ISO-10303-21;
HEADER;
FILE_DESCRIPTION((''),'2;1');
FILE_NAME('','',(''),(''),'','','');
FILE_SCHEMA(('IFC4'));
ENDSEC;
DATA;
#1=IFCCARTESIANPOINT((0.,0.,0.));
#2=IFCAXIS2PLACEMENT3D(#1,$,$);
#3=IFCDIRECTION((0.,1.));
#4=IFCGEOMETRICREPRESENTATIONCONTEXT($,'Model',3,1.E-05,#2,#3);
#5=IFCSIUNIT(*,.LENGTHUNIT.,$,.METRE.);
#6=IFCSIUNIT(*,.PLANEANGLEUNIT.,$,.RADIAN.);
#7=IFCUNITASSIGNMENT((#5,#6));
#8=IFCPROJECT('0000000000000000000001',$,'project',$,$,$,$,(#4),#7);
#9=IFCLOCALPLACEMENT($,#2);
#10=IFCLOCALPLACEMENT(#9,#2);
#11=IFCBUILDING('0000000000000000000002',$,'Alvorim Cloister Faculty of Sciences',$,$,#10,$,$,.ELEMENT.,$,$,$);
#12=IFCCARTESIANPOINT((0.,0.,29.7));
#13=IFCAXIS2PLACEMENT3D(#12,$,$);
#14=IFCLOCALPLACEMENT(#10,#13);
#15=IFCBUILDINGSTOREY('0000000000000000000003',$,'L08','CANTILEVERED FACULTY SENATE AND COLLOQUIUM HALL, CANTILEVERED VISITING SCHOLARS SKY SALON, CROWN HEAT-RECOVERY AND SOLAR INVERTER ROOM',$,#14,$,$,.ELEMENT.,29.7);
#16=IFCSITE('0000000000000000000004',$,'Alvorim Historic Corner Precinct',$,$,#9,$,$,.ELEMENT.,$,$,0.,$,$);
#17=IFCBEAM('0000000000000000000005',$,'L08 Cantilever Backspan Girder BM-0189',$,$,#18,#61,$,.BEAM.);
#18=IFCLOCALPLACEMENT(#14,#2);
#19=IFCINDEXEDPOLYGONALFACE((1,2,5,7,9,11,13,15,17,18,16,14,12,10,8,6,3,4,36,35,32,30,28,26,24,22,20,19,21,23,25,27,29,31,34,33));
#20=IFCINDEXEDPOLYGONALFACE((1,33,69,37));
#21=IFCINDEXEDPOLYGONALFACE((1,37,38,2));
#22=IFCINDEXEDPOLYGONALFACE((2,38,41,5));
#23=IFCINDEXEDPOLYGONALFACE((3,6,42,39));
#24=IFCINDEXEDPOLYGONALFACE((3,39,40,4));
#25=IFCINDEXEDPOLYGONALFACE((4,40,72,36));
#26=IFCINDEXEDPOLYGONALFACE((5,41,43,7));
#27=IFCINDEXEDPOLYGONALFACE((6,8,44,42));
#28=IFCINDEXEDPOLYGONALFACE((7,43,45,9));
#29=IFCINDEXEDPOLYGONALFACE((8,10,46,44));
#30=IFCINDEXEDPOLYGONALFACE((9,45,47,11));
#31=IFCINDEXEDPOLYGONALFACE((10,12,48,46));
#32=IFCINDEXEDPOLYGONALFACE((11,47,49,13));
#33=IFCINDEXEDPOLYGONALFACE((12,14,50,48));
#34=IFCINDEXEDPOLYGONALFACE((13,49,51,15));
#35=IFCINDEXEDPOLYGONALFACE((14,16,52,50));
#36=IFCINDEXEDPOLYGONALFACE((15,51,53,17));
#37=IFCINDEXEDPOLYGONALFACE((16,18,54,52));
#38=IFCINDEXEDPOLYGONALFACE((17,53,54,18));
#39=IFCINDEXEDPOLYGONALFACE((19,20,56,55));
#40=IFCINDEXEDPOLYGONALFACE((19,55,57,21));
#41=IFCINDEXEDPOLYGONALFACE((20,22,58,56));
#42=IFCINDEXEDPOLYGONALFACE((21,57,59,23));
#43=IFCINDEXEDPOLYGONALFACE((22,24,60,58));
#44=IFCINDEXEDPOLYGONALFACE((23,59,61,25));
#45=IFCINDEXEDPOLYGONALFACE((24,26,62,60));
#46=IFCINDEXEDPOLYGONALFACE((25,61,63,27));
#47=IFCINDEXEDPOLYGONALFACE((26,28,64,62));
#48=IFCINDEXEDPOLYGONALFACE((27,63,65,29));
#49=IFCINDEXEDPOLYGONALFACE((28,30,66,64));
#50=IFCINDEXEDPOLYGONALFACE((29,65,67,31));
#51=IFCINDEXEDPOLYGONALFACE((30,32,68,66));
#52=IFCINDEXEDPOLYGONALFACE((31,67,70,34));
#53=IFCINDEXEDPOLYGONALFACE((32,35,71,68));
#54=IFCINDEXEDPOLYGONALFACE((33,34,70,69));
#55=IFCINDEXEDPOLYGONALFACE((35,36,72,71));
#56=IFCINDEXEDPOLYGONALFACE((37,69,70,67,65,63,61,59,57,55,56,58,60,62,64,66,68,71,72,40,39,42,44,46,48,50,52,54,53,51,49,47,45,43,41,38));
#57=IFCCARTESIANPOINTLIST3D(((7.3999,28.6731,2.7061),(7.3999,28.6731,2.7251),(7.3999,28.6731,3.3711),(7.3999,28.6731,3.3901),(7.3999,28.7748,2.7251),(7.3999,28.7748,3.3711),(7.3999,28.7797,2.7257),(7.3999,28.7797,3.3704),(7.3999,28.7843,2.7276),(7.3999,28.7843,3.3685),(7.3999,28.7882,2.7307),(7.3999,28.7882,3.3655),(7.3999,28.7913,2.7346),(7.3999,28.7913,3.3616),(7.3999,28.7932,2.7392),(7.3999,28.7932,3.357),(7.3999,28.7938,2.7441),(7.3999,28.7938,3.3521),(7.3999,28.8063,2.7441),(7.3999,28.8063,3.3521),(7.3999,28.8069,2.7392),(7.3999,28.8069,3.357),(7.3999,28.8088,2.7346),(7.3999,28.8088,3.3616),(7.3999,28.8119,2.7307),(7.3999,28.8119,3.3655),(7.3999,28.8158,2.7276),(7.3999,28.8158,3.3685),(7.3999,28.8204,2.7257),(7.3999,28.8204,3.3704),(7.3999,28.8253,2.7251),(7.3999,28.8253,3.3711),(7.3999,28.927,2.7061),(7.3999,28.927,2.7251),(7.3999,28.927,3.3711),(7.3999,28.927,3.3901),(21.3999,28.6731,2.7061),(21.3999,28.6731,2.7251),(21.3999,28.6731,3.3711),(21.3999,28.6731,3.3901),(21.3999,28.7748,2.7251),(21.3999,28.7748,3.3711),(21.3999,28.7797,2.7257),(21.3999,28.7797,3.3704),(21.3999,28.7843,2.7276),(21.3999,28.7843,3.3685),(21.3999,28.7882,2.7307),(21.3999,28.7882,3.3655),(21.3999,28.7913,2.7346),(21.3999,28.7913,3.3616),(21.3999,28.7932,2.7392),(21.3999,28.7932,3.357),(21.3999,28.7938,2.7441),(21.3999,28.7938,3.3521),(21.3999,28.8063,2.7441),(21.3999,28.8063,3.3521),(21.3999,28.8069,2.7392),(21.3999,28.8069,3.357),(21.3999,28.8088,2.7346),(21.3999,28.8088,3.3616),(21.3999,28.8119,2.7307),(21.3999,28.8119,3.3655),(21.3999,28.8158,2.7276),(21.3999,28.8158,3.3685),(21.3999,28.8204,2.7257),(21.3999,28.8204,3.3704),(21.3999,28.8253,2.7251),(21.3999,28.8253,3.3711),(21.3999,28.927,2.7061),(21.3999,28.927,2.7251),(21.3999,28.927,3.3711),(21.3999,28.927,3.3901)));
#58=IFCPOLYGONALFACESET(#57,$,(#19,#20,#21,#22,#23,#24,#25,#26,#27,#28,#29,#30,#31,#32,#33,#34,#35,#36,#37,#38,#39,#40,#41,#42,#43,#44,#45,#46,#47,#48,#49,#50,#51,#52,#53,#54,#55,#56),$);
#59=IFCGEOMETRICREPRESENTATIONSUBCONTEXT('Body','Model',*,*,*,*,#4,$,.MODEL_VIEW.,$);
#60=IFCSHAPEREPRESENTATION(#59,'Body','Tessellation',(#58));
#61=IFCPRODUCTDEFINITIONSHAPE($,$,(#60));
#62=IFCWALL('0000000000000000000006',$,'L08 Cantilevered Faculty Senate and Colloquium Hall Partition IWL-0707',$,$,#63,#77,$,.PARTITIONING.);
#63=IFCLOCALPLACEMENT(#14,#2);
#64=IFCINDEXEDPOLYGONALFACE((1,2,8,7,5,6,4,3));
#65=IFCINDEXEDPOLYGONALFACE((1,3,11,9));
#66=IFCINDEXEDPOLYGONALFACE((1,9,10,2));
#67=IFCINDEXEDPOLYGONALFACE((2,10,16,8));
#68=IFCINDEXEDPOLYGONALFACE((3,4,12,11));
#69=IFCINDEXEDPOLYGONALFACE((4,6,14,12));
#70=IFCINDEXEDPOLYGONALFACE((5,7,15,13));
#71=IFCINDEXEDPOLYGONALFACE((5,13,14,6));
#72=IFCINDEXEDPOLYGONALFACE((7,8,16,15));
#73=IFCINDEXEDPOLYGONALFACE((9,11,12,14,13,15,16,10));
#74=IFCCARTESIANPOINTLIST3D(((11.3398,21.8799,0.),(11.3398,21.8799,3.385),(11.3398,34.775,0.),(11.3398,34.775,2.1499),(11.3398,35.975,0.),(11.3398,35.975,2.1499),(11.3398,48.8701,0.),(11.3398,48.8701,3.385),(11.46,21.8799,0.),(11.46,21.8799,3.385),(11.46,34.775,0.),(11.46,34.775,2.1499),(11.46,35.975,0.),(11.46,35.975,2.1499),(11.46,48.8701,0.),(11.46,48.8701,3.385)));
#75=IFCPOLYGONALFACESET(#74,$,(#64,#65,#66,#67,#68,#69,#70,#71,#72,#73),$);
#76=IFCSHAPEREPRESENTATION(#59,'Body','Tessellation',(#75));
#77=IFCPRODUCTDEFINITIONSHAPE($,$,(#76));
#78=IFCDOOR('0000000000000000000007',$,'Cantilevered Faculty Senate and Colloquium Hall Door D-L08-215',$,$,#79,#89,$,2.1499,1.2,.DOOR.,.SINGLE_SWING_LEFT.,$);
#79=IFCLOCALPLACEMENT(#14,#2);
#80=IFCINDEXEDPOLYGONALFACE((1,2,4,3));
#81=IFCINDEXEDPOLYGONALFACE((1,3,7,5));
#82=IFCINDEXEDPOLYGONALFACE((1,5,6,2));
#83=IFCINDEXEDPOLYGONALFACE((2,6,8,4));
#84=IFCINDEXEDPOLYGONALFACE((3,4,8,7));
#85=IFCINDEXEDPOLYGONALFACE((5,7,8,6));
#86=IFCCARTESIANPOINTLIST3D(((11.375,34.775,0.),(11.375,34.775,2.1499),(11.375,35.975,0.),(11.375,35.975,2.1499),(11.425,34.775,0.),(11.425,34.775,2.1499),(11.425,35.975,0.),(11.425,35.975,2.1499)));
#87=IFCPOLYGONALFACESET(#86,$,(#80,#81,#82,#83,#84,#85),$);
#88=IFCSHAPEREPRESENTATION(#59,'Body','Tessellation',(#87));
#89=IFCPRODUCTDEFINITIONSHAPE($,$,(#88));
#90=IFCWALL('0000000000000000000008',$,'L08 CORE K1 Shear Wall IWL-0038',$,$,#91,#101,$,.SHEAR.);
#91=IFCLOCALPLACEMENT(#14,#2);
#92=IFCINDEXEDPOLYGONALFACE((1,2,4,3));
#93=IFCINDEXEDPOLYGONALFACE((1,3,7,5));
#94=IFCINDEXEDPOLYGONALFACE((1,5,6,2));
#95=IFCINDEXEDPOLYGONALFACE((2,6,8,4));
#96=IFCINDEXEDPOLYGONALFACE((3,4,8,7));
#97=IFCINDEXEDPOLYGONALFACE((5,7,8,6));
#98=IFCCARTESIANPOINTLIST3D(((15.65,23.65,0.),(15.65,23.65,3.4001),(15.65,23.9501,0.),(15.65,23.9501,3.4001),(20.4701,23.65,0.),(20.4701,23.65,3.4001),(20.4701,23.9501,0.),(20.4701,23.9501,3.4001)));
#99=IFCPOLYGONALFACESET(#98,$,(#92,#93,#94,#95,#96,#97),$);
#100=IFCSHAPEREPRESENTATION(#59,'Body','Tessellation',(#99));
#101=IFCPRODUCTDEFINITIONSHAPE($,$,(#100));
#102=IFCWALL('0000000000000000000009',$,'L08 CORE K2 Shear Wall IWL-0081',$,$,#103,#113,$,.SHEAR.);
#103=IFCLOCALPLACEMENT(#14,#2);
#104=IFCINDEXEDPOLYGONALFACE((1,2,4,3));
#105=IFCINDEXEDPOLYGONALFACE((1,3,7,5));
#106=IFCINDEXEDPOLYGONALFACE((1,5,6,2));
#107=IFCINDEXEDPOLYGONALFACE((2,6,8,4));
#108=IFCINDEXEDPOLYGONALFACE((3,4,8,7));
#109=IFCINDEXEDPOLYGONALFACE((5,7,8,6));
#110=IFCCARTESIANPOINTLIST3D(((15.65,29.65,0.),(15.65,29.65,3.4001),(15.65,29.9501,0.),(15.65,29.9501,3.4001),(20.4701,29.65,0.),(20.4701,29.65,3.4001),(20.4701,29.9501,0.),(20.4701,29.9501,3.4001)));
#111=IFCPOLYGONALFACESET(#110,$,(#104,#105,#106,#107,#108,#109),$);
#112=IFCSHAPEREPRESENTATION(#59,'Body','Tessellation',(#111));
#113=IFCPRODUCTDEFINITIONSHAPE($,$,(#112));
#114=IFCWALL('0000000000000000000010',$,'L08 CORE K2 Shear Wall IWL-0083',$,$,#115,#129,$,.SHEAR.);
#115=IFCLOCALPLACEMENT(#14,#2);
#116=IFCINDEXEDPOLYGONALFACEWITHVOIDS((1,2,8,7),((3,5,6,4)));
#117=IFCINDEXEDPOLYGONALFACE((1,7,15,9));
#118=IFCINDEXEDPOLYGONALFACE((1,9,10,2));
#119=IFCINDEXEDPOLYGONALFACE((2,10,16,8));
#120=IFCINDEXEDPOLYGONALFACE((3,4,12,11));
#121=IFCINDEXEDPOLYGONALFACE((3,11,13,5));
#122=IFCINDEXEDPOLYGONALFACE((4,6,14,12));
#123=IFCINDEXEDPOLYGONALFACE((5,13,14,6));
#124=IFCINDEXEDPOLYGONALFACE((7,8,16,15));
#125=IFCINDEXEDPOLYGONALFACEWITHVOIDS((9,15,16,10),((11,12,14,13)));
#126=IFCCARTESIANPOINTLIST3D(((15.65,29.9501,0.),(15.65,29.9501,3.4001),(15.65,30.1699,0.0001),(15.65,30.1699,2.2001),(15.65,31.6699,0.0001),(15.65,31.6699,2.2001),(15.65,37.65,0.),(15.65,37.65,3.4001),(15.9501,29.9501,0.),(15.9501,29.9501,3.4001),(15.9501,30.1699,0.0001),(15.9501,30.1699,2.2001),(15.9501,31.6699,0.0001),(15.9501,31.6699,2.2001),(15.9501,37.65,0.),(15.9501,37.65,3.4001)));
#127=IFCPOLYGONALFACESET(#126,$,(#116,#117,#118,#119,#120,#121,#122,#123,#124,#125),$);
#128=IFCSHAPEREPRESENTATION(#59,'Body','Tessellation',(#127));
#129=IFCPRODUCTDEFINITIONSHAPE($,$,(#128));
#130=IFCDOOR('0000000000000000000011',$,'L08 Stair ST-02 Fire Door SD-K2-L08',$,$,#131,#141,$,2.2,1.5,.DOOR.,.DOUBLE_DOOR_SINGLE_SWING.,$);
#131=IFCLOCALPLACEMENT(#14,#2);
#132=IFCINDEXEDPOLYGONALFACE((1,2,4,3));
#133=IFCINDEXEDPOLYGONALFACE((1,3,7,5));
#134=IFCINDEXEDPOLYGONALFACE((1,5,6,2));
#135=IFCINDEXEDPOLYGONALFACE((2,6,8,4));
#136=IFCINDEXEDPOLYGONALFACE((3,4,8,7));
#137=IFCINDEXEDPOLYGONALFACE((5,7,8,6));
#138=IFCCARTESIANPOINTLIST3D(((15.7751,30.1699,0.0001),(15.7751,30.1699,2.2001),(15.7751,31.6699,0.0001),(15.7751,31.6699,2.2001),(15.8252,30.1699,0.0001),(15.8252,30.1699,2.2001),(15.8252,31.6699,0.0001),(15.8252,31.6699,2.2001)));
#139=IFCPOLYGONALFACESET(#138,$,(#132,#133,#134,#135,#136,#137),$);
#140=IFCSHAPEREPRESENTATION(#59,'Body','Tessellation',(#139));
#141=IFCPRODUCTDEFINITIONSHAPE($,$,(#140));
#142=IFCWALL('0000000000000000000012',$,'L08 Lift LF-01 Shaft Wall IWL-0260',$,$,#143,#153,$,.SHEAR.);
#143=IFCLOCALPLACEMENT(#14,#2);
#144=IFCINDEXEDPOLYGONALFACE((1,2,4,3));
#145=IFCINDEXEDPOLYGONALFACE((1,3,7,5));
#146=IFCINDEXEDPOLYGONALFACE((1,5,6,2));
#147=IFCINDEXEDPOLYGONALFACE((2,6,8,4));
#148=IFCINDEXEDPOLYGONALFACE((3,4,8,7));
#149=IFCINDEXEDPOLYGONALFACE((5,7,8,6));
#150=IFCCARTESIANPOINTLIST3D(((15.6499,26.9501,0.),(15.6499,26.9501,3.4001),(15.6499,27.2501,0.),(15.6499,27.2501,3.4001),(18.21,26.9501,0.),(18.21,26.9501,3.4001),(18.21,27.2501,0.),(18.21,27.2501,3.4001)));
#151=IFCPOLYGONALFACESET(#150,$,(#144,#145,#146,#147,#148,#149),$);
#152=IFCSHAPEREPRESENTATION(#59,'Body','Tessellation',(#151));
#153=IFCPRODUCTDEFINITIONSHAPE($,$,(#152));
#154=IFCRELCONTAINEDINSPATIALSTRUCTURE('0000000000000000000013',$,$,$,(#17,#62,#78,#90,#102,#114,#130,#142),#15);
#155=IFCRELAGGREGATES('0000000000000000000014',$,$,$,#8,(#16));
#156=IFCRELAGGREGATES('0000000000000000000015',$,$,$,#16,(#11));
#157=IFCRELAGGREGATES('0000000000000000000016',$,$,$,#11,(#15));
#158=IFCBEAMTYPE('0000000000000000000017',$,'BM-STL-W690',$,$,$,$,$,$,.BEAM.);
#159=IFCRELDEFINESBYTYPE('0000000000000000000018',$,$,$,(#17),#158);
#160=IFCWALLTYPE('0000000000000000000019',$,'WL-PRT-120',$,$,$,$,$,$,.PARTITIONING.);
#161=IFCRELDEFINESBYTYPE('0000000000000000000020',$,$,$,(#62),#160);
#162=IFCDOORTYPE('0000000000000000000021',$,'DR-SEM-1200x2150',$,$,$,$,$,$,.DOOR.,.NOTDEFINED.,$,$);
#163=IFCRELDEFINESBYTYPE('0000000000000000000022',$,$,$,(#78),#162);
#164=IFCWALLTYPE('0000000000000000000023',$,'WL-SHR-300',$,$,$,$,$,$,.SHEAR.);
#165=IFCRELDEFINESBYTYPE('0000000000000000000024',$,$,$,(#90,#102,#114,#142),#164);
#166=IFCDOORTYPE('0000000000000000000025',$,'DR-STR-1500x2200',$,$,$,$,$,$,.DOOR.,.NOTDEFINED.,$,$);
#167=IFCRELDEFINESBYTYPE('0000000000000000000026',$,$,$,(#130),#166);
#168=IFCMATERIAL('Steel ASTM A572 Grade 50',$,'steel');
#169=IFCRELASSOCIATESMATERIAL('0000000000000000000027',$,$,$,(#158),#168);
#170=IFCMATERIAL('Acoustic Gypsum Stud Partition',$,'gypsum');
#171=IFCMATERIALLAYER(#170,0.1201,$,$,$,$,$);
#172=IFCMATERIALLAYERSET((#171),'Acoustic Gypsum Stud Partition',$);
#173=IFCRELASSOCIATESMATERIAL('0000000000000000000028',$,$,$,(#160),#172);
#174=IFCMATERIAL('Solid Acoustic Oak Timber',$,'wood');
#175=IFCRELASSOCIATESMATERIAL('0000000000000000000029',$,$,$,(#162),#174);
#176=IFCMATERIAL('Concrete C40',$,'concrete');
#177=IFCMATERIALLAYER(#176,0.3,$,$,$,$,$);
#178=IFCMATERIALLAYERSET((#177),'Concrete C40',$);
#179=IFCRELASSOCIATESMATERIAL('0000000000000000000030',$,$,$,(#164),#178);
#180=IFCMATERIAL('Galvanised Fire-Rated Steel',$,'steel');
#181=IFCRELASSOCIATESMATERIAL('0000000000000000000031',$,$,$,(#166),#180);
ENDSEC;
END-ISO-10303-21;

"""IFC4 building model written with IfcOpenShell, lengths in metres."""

from ifc_helpers import new_model, si_unit, direction, frame, frame_2d, origin, origin_2d, place, context, subcontext, project, spatial, rectangle, i_section, extrude, material, layer, layer_set, material_profile, profile_set, type_object, element, fill, save


model = new_model("IFC4")

# Units and contexts
model_context = context("Model", 3, precision=1e-05, world=origin(), true_north=direction((0.0, 1.0)))
body_context = subcontext(model_context, "Body", "Model", "MODEL_VIEW")
ifc_project = project(units=[si_unit("LENGTHUNIT", "METRE"), si_unit("PLANEANGLEUNIT", "RADIAN")], contexts=[model_context])

# Site, building, storey
site_placement = place(None, origin())
site = spatial("IfcSite", under=ifc_project, at=site_placement, Name="Alvorim Historic Corner Precinct", CompositionType="ELEMENT", RefElevation=0.0)
building_placement = place(site_placement, origin())
building = spatial("IfcBuilding", under=site, at=building_placement, Name="Alvorim Cloister Faculty of Sciences", CompositionType="ELEMENT")
storey_placement = place(building_placement, frame((0.0, 0.0, 29.7)))
storey = spatial("IfcBuildingStorey", under=building, at=storey_placement, Name="L08", Description="CANTILEVERED FACULTY SENATE AND COLLOQUIUM HALL, CANTILEVERED VISITING SCHOLARS SKY SALON, CROWN HEAT-RECOVERY AND SOLAR INVERTER ROOM", CompositionType="ELEMENT", Elevation=29.7)

# Beam
ifc_material_1 = material(Name="Steel ASTM A572 Grade 50", Category="steel")
ifc_material_profile_1 = material_profile(ifc_material_1, i_section(OverallWidth=0.2539, OverallDepth=0.6841, WebThickness=0.0125, FlangeThickness=0.019, FilletRadius=0.019, at=origin_2d()), Name="W690x140.0")
ifc_profile_set_1 = profile_set([ifc_material_profile_1], Name="Steel ASTM A572 Grade 50")
beam_type_1 = type_object("IfcBeamType", Name="BM-STL-W690", PredefinedType="BEAM", material=ifc_profile_set_1)
beam_1_placement = place(storey_placement, frame((7.3999, 28.8, 3.0481), z_axis=(1.0, 0.0, 0.0), x_axis=(0.0, 1.0, 0.0)))
element("IfcBeam", 1, at=beam_1_placement, inside=storey, type_object=beam_type_1, Name="L08 Cantilever Backspan Girder BM-0189", PredefinedType="BEAM", context=body_context, shape_type="SweptSolid", body=[
    extrude(i_section(OverallWidth=0.2539, OverallDepth=0.6841, WebThickness=0.0125, FlangeThickness=0.019, FilletRadius=0.019, at=origin_2d()), origin(), (0.0, 0.0, 1.0), 14.0),
])

# Wall, opening, door
ifc_material_2 = material(Name="Acoustic Gypsum Stud Partition", Category="gypsum")
ifc_layer_1 = layer(ifc_material_2, 0.1201)
ifc_layer_set_1 = layer_set([ifc_layer_1], Name="Acoustic Gypsum Stud Partition")
wall_type_1 = type_object("IfcWallType", Name="WL-PRT-120", PredefinedType="PARTITIONING", material=ifc_layer_set_1)
wall_1_placement = place(storey_placement, frame((11.3999, 21.8799, 0.0), z_axis=(0.0, 0.0, 1.0), x_axis=(0.0, 1.0, 0.0)))
wall_1 = element("IfcWall", 2, at=wall_1_placement, inside=storey, type_object=wall_type_1, Name="L08 Cantilevered Faculty Senate and Colloquium Hall Partition IWL-0707", PredefinedType="PARTITIONING", context=body_context, shape_type="SweptSolid", body=[
    extrude(rectangle(XDim=26.9902, YDim=0.1201, at=frame_2d((13.4951, 0.0))), origin(), (0.0, 0.0, 1.0), 3.385),
])
opening_1_placement = place(wall_1_placement, frame((12.895, 0.0, 0.0)))
opening_1 = element("IfcOpeningElement", 3, at=opening_1_placement, cuts=wall_1, PredefinedType="OPENING", context=body_context, shape_type="SweptSolid", body=[
    extrude(rectangle(XDim=1.2, YDim=2.1499, at=frame_2d((0.6001, 1.075))), frame((0.0, 0.072, 0.0), z_axis=(0.0, -1.0, 0.0), x_axis=(1.0, 0.0, 0.0)), (0.0, 0.0, 1.0), 0.144),
])
ifc_material_3 = material(Name="Solid Acoustic Oak Timber", Category="wood")
door_type_1 = type_object("IfcDoorType", Name="DR-SEM-1200x2150", OperationType="NOTDEFINED", PredefinedType="DOOR", material=ifc_material_3)
door_1_placement = place(opening_1_placement, origin())
door_1 = element("IfcDoor", 4, at=door_1_placement, inside=storey, type_object=door_type_1, Name="Cantilevered Faculty Senate and Colloquium Hall Door D-L08-215", OperationType="SINGLE_SWING_LEFT", OverallHeight=2.1499, OverallWidth=1.2, PredefinedType="DOOR", context=body_context, shape_type="SweptSolid", body=[
    extrude(rectangle(XDim=1.2, YDim=2.1499, at=frame_2d((0.6001, 1.075))), frame((0.0, 0.0249, 0.0), z_axis=(0.0, -1.0, 0.0), x_axis=(1.0, 0.0, 0.0)), (0.0, 0.0, 1.0), 0.05),
])
fill(opening_1, door_1)

# Walls
ifc_material_4 = material(Name="Concrete C40", Category="concrete")
ifc_layer_2 = layer(ifc_material_4, 0.3)
ifc_layer_set_2 = layer_set([ifc_layer_2], Name="Concrete C40")
wall_type_2 = type_object("IfcWallType", Name="WL-SHR-300", PredefinedType="SHEAR", material=ifc_layer_set_2)
for number, where, z_axis, x_axis, name in (
    (5, (15.6499, 23.8, 0.0), (0.0, 0.0, 1.0), (1.0, 0.0, 0.0), "L08 CORE K1 Shear Wall IWL-0038"),
    (6, (15.6499, 29.8, 0.0), (0.0, 0.0, 1.0), (1.0, 0.0, 0.0), "L08 CORE K2 Shear Wall IWL-0081"),
):
    element("IfcWall", number, at=place(storey_placement, frame(where, z_axis=z_axis, x_axis=x_axis)), inside=storey, type_object=wall_type_2, Name=name, PredefinedType="SHEAR", context=body_context, shape_type="SweptSolid", body=[
        extrude(rectangle(XDim=4.8201, YDim=0.3, at=frame_2d((2.4102, 0.0))), origin(), (0.0, 0.0, 1.0), 3.4001),
    ])

# Wall, opening, door
wall_2_placement = place(storey_placement, frame((15.8, 29.95, 0.0), z_axis=(0.0, 0.0, 1.0), x_axis=(0.0, 1.0, 0.0)))
wall_2 = element("IfcWall", 7, at=wall_2_placement, inside=storey, type_object=wall_type_2, Name="L08 CORE K2 Shear Wall IWL-0083", PredefinedType="SHEAR", context=body_context, shape_type="SweptSolid", body=[
    extrude(rectangle(XDim=7.7, YDim=0.3, at=frame_2d((3.8501, 0.0))), origin(), (0.0, 0.0, 1.0), 3.4001),
])
opening_2_placement = place(wall_2_placement, frame((0.22, 0.0, 0.0)))
opening_2 = element("IfcOpeningElement", 8, at=opening_2_placement, cuts=wall_2, PredefinedType="OPENING", context=body_context, shape_type="SweptSolid", body=[
    extrude(rectangle(XDim=1.5, YDim=2.2, at=frame_2d((0.75, 1.1001))), frame((0.0, 0.1621, 0.0), z_axis=(0.0, -1.0, 0.0), x_axis=(1.0, 0.0, 0.0)), (0.0, 0.0, 1.0), 0.324),
])
ifc_material_5 = material(Name="Galvanised Fire-Rated Steel", Category="steel")
door_type_2 = type_object("IfcDoorType", Name="DR-STR-1500x2200", OperationType="NOTDEFINED", PredefinedType="DOOR", material=ifc_material_5)
door_2_placement = place(opening_2_placement, origin())
door_2 = element("IfcDoor", 9, at=door_2_placement, inside=storey, type_object=door_type_2, Name="L08 Stair ST-02 Fire Door SD-K2-L08", OperationType="DOUBLE_DOOR_SINGLE_SWING", OverallHeight=2.2, OverallWidth=1.5, PredefinedType="DOOR", context=body_context, shape_type="SweptSolid", body=[
    extrude(rectangle(XDim=1.5, YDim=2.2, at=frame_2d((0.75, 1.1001))), frame((0.0, 0.0249, 0.0), z_axis=(0.0, -1.0, 0.0), x_axis=(1.0, 0.0, 0.0)), (0.0, 0.0, 1.0), 0.05),
])
fill(opening_2, door_2)

# Wall
wall_3_placement = place(storey_placement, frame((15.6499, 27.1001, 0.0), z_axis=(0.0, 0.0, 1.0), x_axis=(1.0, 0.0, 0.0)))
element("IfcWall", 10, at=wall_3_placement, inside=storey, type_object=wall_type_2, Name="L08 Lift LF-01 Shaft Wall IWL-0260", PredefinedType="SHEAR", context=body_context, shape_type="SweptSolid", body=[
    extrude(rectangle(XDim=2.5601, YDim=0.3, at=frame_2d((1.28, 0.0))), origin(), (0.0, 0.0, 1.0), 3.4001),
])

save(model, "model.ifc")
